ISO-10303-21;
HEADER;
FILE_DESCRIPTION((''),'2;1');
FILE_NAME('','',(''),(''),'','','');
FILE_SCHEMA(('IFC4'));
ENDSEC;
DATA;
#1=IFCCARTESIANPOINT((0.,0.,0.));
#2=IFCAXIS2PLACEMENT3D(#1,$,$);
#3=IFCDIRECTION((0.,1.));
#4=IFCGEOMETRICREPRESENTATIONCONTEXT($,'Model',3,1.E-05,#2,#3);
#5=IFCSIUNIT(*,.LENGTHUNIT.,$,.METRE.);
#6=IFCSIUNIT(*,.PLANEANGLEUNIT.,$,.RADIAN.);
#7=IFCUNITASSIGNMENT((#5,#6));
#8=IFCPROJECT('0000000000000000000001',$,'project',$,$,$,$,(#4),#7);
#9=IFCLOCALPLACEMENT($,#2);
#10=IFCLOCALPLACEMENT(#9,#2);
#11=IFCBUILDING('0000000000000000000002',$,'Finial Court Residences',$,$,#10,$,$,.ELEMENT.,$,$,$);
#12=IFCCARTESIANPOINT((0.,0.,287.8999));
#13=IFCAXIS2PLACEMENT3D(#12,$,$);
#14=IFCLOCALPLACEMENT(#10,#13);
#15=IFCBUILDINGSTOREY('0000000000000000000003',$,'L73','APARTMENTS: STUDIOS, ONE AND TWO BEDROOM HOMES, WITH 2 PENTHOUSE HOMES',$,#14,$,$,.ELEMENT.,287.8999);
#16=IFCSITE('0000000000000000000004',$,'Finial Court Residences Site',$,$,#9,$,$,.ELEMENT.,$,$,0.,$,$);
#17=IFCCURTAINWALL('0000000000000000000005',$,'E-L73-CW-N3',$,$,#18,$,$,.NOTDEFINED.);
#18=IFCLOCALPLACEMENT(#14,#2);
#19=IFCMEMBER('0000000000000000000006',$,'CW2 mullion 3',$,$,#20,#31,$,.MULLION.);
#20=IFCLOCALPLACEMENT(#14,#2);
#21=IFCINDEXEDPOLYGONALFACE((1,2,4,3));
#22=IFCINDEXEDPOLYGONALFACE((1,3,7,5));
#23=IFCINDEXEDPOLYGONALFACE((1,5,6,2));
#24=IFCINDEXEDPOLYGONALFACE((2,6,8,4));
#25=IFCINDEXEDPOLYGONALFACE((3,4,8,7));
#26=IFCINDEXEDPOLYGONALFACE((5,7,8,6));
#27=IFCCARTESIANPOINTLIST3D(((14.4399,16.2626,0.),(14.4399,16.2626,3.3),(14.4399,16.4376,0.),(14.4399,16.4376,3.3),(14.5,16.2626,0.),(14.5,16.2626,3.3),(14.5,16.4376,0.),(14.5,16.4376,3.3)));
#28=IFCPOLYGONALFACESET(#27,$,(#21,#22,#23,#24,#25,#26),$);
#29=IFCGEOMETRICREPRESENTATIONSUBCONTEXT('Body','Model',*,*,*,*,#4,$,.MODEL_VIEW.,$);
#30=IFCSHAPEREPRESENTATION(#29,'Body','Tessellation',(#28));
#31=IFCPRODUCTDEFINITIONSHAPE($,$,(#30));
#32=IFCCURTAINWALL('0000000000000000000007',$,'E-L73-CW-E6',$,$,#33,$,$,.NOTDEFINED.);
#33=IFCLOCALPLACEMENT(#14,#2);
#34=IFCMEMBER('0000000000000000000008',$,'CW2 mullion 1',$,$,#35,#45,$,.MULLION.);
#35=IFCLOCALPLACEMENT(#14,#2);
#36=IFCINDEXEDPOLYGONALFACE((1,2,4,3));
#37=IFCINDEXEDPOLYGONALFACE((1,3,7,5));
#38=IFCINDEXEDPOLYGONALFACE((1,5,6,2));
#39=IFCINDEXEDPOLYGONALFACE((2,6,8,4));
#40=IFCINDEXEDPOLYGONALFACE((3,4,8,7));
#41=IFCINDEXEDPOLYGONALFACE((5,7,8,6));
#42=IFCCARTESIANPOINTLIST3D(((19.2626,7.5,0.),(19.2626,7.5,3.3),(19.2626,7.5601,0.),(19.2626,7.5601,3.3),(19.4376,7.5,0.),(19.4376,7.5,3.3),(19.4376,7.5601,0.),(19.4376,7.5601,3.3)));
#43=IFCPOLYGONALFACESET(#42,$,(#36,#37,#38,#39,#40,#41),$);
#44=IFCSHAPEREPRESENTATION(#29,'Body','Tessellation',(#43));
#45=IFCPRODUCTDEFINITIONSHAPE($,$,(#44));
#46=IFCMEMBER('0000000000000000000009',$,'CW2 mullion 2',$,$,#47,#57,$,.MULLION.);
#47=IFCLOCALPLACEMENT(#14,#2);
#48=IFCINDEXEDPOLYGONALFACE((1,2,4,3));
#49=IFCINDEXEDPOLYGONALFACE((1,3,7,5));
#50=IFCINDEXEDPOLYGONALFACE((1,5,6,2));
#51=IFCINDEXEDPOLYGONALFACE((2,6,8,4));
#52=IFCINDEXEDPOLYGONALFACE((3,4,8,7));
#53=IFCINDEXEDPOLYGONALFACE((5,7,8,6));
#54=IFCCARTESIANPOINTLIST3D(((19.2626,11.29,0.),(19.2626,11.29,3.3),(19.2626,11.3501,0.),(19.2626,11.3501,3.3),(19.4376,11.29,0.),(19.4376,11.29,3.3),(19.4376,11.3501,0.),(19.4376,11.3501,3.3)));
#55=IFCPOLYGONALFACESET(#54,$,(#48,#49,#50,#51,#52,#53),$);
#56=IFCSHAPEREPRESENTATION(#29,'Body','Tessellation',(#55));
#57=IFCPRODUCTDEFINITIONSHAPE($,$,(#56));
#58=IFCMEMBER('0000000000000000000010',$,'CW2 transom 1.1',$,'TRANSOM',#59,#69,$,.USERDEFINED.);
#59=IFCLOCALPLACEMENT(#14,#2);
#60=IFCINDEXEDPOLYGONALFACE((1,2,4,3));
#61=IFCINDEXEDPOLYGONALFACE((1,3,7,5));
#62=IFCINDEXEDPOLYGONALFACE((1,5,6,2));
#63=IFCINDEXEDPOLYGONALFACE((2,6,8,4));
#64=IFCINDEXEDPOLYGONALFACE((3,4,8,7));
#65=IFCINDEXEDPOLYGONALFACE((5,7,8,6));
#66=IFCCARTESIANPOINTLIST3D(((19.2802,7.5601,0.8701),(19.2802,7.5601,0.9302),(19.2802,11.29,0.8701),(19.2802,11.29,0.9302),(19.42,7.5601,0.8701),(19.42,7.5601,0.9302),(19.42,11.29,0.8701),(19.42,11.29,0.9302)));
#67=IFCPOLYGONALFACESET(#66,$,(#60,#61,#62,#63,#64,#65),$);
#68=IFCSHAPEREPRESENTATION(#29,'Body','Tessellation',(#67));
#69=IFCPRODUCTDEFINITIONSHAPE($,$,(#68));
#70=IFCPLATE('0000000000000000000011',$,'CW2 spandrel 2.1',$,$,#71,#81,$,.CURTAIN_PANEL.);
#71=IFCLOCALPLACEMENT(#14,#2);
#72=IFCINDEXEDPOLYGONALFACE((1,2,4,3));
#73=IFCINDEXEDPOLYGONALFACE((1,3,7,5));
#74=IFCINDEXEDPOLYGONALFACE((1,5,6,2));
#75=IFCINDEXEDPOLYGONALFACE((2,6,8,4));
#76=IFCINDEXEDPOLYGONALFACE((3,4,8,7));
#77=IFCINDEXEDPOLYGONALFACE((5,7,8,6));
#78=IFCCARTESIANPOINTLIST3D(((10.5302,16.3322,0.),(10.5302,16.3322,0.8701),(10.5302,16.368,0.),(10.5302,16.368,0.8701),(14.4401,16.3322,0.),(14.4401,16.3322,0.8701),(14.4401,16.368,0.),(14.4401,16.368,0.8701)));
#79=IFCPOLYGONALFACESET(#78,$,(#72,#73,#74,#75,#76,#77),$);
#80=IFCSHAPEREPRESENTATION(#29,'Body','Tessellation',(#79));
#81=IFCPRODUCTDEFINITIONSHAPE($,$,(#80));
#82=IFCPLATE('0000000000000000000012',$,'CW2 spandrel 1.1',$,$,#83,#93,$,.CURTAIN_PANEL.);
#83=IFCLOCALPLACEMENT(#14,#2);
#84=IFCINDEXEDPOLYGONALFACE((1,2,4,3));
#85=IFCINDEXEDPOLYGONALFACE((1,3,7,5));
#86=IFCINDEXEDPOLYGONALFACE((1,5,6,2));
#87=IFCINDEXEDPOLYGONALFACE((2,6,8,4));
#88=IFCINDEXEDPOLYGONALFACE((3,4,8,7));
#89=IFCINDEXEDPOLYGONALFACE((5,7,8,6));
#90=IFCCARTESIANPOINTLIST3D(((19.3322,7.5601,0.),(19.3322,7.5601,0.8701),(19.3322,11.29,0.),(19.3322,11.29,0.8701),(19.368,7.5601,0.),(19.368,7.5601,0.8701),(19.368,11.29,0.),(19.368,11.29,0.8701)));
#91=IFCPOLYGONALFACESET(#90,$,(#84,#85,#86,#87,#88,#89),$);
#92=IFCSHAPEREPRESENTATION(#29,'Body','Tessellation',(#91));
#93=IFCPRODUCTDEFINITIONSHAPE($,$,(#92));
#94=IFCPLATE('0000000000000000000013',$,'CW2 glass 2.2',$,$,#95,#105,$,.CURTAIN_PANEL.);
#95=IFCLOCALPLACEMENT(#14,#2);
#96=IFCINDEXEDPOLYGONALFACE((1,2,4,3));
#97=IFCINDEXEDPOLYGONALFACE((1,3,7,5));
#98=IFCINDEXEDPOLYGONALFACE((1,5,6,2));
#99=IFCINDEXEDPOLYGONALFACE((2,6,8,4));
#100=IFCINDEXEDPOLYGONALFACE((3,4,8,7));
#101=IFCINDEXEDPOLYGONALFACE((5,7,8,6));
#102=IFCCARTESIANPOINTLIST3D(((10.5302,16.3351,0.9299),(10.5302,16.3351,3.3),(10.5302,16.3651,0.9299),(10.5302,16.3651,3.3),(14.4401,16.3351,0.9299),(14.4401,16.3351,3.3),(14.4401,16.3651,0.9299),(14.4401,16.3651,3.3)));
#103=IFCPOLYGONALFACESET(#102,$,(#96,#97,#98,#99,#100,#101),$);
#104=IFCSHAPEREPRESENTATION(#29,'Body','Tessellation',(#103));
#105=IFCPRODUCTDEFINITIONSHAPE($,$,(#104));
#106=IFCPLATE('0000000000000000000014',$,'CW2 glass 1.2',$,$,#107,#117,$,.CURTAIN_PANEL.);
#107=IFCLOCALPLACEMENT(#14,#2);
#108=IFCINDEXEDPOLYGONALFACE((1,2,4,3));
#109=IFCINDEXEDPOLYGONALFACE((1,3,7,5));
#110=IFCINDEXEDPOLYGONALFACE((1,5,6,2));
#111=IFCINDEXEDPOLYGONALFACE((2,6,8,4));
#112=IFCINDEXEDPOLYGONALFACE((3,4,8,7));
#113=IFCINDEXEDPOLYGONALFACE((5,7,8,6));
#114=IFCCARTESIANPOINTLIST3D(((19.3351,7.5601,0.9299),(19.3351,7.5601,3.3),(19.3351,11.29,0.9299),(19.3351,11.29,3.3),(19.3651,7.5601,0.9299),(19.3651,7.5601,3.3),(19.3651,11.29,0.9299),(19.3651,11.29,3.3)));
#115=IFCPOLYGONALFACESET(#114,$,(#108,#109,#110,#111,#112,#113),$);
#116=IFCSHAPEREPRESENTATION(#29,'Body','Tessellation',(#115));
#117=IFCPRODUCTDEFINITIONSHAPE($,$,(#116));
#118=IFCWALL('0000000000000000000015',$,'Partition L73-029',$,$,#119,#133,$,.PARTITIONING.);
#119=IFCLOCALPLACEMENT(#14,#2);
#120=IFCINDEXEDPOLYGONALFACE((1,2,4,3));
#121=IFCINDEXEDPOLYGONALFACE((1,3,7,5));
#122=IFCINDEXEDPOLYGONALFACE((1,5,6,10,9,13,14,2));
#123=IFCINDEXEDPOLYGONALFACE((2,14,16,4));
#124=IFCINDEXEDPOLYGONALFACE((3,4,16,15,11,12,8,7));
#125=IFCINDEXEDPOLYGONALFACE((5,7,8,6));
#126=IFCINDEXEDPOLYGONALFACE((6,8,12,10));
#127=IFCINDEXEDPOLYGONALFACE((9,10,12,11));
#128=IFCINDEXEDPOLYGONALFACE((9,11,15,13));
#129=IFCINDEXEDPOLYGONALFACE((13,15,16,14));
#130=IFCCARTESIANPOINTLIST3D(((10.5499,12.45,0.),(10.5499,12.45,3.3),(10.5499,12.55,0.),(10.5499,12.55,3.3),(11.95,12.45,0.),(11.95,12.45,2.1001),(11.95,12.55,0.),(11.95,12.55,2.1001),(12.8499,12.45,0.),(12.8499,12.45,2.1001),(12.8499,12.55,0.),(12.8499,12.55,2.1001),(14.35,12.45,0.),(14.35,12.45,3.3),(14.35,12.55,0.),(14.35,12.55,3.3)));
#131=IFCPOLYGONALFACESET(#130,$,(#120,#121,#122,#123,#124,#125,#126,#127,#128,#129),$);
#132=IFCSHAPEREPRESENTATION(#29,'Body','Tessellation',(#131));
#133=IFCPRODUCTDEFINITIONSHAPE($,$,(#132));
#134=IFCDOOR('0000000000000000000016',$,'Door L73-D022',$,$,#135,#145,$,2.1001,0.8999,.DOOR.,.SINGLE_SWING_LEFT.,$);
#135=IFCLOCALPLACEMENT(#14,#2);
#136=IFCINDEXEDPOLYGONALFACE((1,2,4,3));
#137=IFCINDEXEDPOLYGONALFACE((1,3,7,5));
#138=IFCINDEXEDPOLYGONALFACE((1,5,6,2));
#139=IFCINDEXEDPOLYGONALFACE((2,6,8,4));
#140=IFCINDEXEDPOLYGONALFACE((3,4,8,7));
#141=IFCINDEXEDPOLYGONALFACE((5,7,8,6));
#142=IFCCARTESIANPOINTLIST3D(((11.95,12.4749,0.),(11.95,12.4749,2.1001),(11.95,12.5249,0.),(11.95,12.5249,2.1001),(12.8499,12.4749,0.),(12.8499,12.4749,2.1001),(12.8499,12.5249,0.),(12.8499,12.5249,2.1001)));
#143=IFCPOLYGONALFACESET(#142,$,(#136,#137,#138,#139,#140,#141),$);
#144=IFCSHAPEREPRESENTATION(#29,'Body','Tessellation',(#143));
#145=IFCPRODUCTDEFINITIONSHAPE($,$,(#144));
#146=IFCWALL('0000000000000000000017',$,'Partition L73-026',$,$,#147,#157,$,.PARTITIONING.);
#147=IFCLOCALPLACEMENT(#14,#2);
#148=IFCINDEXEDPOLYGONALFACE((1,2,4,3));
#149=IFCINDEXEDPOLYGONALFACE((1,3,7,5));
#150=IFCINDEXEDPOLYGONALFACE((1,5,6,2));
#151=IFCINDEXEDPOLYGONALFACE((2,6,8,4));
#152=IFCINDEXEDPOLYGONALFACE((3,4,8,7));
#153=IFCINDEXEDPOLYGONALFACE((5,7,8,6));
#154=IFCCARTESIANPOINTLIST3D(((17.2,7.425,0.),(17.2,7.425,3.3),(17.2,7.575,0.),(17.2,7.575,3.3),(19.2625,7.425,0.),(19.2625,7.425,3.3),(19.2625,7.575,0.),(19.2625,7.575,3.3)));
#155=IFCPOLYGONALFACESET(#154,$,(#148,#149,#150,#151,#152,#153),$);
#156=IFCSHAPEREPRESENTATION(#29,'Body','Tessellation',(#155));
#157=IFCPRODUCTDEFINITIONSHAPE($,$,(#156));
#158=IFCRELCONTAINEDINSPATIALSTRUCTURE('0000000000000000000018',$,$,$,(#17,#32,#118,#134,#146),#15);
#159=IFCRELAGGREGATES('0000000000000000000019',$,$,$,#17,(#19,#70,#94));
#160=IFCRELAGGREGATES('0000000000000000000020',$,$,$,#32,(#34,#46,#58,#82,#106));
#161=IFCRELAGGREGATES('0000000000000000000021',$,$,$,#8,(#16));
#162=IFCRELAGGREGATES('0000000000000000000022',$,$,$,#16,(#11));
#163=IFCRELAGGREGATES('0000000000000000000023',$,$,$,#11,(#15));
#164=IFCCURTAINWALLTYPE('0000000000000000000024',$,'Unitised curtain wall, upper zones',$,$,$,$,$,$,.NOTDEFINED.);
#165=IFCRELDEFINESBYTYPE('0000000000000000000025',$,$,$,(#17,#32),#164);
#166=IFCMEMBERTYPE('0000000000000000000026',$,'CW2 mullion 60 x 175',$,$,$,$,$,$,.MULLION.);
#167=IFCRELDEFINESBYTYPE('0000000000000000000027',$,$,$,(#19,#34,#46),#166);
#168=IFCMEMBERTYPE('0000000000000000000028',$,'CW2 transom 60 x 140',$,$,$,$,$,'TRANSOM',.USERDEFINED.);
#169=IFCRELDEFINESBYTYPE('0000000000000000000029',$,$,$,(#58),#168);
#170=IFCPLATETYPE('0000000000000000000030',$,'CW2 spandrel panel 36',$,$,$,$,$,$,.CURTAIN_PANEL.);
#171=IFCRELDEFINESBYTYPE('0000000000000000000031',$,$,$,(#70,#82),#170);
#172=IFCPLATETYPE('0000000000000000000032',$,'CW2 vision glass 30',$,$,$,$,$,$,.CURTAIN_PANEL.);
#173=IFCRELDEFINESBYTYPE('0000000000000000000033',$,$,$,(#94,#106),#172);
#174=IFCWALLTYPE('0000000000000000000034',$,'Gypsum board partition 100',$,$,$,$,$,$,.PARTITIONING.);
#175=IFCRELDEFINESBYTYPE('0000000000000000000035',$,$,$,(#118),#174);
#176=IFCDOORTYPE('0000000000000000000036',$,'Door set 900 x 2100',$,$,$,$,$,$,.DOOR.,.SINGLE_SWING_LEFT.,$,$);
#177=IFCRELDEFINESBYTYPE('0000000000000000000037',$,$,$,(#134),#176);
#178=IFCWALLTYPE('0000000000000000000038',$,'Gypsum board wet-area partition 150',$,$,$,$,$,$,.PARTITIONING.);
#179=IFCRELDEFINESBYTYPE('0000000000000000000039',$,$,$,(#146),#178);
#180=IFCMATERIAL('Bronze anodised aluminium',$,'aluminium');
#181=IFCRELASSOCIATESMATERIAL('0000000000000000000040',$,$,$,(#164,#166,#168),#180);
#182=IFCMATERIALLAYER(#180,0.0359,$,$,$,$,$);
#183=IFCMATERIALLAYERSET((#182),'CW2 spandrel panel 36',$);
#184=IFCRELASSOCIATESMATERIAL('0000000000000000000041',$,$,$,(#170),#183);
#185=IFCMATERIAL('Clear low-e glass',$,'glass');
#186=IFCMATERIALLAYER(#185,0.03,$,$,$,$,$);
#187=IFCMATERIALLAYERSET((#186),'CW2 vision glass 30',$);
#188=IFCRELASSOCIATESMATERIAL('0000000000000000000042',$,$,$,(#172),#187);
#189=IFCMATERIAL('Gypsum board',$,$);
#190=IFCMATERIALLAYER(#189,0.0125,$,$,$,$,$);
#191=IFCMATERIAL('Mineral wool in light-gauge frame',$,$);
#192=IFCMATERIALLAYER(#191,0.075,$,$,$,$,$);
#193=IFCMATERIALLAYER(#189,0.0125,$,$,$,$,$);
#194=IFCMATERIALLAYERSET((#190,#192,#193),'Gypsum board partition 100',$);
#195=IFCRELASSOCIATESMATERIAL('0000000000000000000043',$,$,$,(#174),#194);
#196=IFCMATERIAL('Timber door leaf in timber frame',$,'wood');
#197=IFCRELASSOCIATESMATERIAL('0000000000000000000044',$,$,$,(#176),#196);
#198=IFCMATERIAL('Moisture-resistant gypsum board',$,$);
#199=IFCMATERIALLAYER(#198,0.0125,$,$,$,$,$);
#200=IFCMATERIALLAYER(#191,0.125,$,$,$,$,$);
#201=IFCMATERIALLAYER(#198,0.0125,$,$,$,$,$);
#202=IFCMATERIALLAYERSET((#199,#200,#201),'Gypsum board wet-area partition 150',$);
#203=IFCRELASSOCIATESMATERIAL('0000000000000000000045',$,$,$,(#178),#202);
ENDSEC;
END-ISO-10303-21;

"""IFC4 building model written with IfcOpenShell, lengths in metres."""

from ifc_helpers import new_model, si_unit, direction, frame, frame_2d, origin, origin_2d, place, context, subcontext, project, spatial, rectangle, extrude, material, layer, layer_set, material_profile, profile_set, type_object, element, fill, aggregate, save


model = new_model("IFC4")

# Units and contexts
model_context = context("Model", 3, precision=1e-05, world=origin(), true_north=direction((0.0, 1.0)))
body_context = subcontext(model_context, "Body", "Model", "MODEL_VIEW")
ifc_project = project(units=[si_unit("LENGTHUNIT", "METRE"), si_unit("PLANEANGLEUNIT", "RADIAN")], contexts=[model_context])

# Site, building, storey
site_placement = place(None, origin())
site = spatial("IfcSite", under=ifc_project, at=site_placement, Name="Finial Court Residences Site", CompositionType="ELEMENT", RefElevation=0.0)
building_placement = place(site_placement, origin())
building = spatial("IfcBuilding", under=site, at=building_placement, Name="Finial Court Residences", CompositionType="ELEMENT")
storey_placement = place(building_placement, frame((0.0, 0.0, 287.8999)))
storey = spatial("IfcBuildingStorey", under=building, at=storey_placement, Name="L73", Description="APARTMENTS: STUDIOS, ONE AND TWO BEDROOM HOMES, WITH 2 PENTHOUSE HOMES", CompositionType="ELEMENT", Elevation=287.8999)

# Curtain wall, member
ifc_material_1 = material(Name="Bronze anodised aluminium", Category="aluminium")
curtain_wall_type = type_object("IfcCurtainWallType", Name="Unitised curtain wall, upper zones", PredefinedType="NOTDEFINED", material=ifc_material_1)
curtain_wall_1_placement = place(storey_placement, origin())
curtain_wall_1 = element("IfcCurtainWall", 1, at=curtain_wall_1_placement, inside=storey, type_object=curtain_wall_type, Name="E-L73-CW-N3", PredefinedType="NOTDEFINED")
ifc_material_profile_1 = material_profile(ifc_material_1, rectangle(XDim=0.175, YDim=0.0601, at=origin_2d()), Name="CW2 mullion 60 x 175")
ifc_profile_set_1 = profile_set([ifc_material_profile_1], Name="Bronze anodised aluminium")
member_type_1 = type_object("IfcMemberType", Name="CW2 mullion 60 x 175", PredefinedType="MULLION", material=ifc_profile_set_1)
member_1_placement = place(storey_placement, frame((14.47, 16.3501, 0.0), z_axis=(0.0, 0.0, 1.0), x_axis=(0.0, 1.0, 0.0)))
member_1 = element("IfcMember", 2, at=member_1_placement, type_object=member_type_1, Name="CW2 mullion 3", PredefinedType="MULLION", context=body_context, shape_type="SweptSolid", body=[
    extrude(rectangle(XDim=0.175, YDim=0.0601, at=origin_2d()), origin(), (0.0, 0.0, 1.0), 3.3),
])

# Curtain wall, members
curtain_wall_2_placement = place(storey_placement, origin())
curtain_wall_2 = element("IfcCurtainWall", 3, at=curtain_wall_2_placement, inside=storey, type_object=curtain_wall_type, Name="E-L73-CW-E6", PredefinedType="NOTDEFINED")
member_2_placement = place(storey_placement, frame((19.3501, 7.53, 0.0), z_axis=(0.0, 0.0, 1.0), x_axis=(-1.0, 0.0, 0.0)))
member_2 = element("IfcMember", 4, at=member_2_placement, type_object=member_type_1, Name="CW2 mullion 1", PredefinedType="MULLION", context=body_context, shape_type="SweptSolid", body=[
    extrude(rectangle(XDim=0.175, YDim=0.0601, at=origin_2d()), origin(), (0.0, 0.0, 1.0), 3.3),
])
member_3_placement = place(storey_placement, frame((19.3501, 11.3201, 0.0), z_axis=(0.0, 0.0, 1.0), x_axis=(-1.0, 0.0, 0.0)))
member_3 = element("IfcMember", 5, at=member_3_placement, type_object=member_type_1, Name="CW2 mullion 2", PredefinedType="MULLION", context=body_context, shape_type="SweptSolid", body=[
    extrude(rectangle(XDim=0.175, YDim=0.0601, at=origin_2d()), origin(), (0.0, 0.0, 1.0), 3.3),
])
ifc_material_profile_2 = material_profile(ifc_material_1, rectangle(XDim=0.1399, YDim=0.0601, at=origin_2d()), Name="CW2 transom 60 x 140")
ifc_profile_set_2 = profile_set([ifc_material_profile_2], Name="Bronze anodised aluminium")
member_type_2 = type_object("IfcMemberType", Name="CW2 transom 60 x 140", ElementType="TRANSOM", PredefinedType="USERDEFINED", material=ifc_profile_set_2)
member_4_placement = place(storey_placement, frame((19.3501, 7.5601, 0.9001), z_axis=(0.0, 1.0, 0.0), x_axis=(-1.0, 0.0, 0.0)))
member_4 = element("IfcMember", 6, at=member_4_placement, type_object=member_type_2, Name="CW2 transom 1.1", ObjectType="TRANSOM", PredefinedType="USERDEFINED", context=body_context, shape_type="SweptSolid", body=[
    extrude(rectangle(XDim=0.1399, YDim=0.0601, at=origin_2d()), origin(), (0.0, 0.0, 1.0), 3.73),
])

# Plates
ifc_layer_1 = layer(ifc_material_1, 0.0359)
ifc_layer_set_1 = layer_set([ifc_layer_1], Name="CW2 spandrel panel 36")
plate_type_1 = type_object("IfcPlateType", Name="CW2 spandrel panel 36", PredefinedType="CURTAIN_PANEL", material=ifc_layer_set_1)
plate_1_placement = place(storey_placement, frame((12.4851, 16.3501, 0.0), z_axis=(0.0, 0.0, 1.0), x_axis=(1.0, 0.0, 0.0)))
plate_1 = element("IfcPlate", 7, at=plate_1_placement, type_object=plate_type_1, Name="CW2 spandrel 2.1", PredefinedType="CURTAIN_PANEL", context=body_context, shape_type="SweptSolid", body=[
    extrude(rectangle(XDim=3.9099, YDim=0.0359, at=origin_2d()), origin(), (0.0, 0.0, 1.0), 0.8701),
])
plate_2_placement = place(storey_placement, frame((19.3501, 9.425, 0.0), z_axis=(0.0, 0.0, 1.0), x_axis=(0.0, 1.0, 0.0)))
plate_2 = element("IfcPlate", 8, at=plate_2_placement, type_object=plate_type_1, Name="CW2 spandrel 1.1", PredefinedType="CURTAIN_PANEL", context=body_context, shape_type="SweptSolid", body=[
    extrude(rectangle(XDim=3.73, YDim=0.0359, at=origin_2d()), origin(), (0.0, 0.0, 1.0), 0.8701),
])
ifc_material_2 = material(Name="Clear low-e glass", Category="glass")
ifc_layer_2 = layer(ifc_material_2, 0.03)
ifc_layer_set_2 = layer_set([ifc_layer_2], Name="CW2 vision glass 30")
plate_type_2 = type_object("IfcPlateType", Name="CW2 vision glass 30", PredefinedType="CURTAIN_PANEL", material=ifc_layer_set_2)
plate_3_placement = place(storey_placement, frame((12.4851, 16.3501, 0.9299), z_axis=(0.0, 0.0, 1.0), x_axis=(1.0, 0.0, 0.0)))
plate_3 = element("IfcPlate", 9, at=plate_3_placement, type_object=plate_type_2, Name="CW2 glass 2.2", PredefinedType="CURTAIN_PANEL", context=body_context, shape_type="SweptSolid", body=[
    extrude(rectangle(XDim=3.9099, YDim=0.03, at=origin_2d()), origin(), (0.0, 0.0, 1.0), 2.3701),
])
aggregate(curtain_wall_1, [member_1, plate_1, plate_3])
plate_4_placement = place(storey_placement, frame((19.3501, 9.425, 0.9299), z_axis=(0.0, 0.0, 1.0), x_axis=(0.0, 1.0, 0.0)))
plate_4 = element("IfcPlate", 10, at=plate_4_placement, type_object=plate_type_2, Name="CW2 glass 1.2", PredefinedType="CURTAIN_PANEL", context=body_context, shape_type="SweptSolid", body=[
    extrude(rectangle(XDim=3.73, YDim=0.03, at=origin_2d()), origin(), (0.0, 0.0, 1.0), 2.3701),
])
aggregate(curtain_wall_2, [member_2, member_3, member_4, plate_2, plate_4])

# Wall, opening, door
ifc_material_3 = material(Name="Gypsum board")
ifc_layer_3 = layer(ifc_material_3, 0.0125)
ifc_material_4 = material(Name="Mineral wool in light-gauge frame")
ifc_layer_4 = layer(ifc_material_4, 0.075)
ifc_layer_5 = layer(ifc_material_3, 0.0125)
ifc_layer_set_3 = layer_set([ifc_layer_3, ifc_layer_4, ifc_layer_5], Name="Gypsum board partition 100")
wall_type_1 = type_object("IfcWallType", Name="Gypsum board partition 100", PredefinedType="PARTITIONING", material=ifc_layer_set_3)
wall_1_placement = place(storey_placement, frame((10.55, 12.5, 0.0), z_axis=(0.0, 0.0, 1.0), x_axis=(1.0, 0.0, 0.0)))
wall_1 = element("IfcWall", 11, at=wall_1_placement, inside=storey, type_object=wall_type_1, Name="Partition L73-029", PredefinedType="PARTITIONING", context=body_context, shape_type="SweptSolid", body=[
    extrude(rectangle(XDim=3.8, YDim=0.1001, at=frame_2d((1.8999, 0.0))), origin(), (0.0, 0.0, 1.0), 3.3),
])
opening_1_placement = place(wall_1_placement, frame((1.3999, 0.0, 0.0)))
opening_1 = element("IfcOpeningElement", 12, at=opening_1_placement, cuts=wall_1, PredefinedType="OPENING", context=body_context, shape_type="SweptSolid", body=[
    extrude(rectangle(XDim=0.8999, YDim=2.1001, at=frame_2d((0.45, 1.05))), frame((0.0, 0.0601, 0.0), z_axis=(0.0, -1.0, 0.0), x_axis=(1.0, 0.0, 0.0)), (0.0, 0.0, 1.0), 0.1201),
])
ifc_material_5 = material(Name="Timber door leaf in timber frame", Category="wood")
door_type = type_object("IfcDoorType", Name="Door set 900 x 2100", OperationType="SINGLE_SWING_LEFT", PredefinedType="DOOR", material=ifc_material_5)
door_1_placement = place(opening_1_placement, origin())
door_1 = element("IfcDoor", 13, at=door_1_placement, inside=storey, type_object=door_type, Name="Door L73-D022", OperationType="SINGLE_SWING_LEFT", OverallHeight=2.1001, OverallWidth=0.8999, PredefinedType="DOOR", context=body_context, shape_type="SweptSolid", body=[
    extrude(rectangle(XDim=0.8999, YDim=2.1001, at=frame_2d((0.45, 1.05))), frame((0.0, 0.0249, 0.0), z_axis=(0.0, -1.0, 0.0), x_axis=(1.0, 0.0, 0.0)), (0.0, 0.0, 1.0), 0.05),
])
fill(opening_1, door_1)

# Wall
ifc_material_6 = material(Name="Moisture-resistant gypsum board")
ifc_layer_6 = layer(ifc_material_6, 0.0125)
ifc_layer_7 = layer(ifc_material_4, 0.125)
ifc_layer_8 = layer(ifc_material_6, 0.0125)
ifc_layer_set_4 = layer_set([ifc_layer_6, ifc_layer_7, ifc_layer_8], Name="Gypsum board wet-area partition 150")
wall_type_2 = type_object("IfcWallType", Name="Gypsum board wet-area partition 150", PredefinedType="PARTITIONING", material=ifc_layer_set_4)
wall_2_placement = place(storey_placement, frame((17.2, 7.5, 0.0), z_axis=(0.0, 0.0, 1.0), x_axis=(1.0, 0.0, 0.0)))
element("IfcWall", 14, at=wall_2_placement, inside=storey, type_object=wall_type_2, Name="Partition L73-026", PredefinedType="PARTITIONING", context=body_context, shape_type="SweptSolid", body=[
    extrude(rectangle(XDim=2.0625, YDim=0.1499, at=frame_2d((1.0312, 0.0))), origin(), (0.0, 0.0, 1.0), 3.3),
])

save(model, "model.ifc")
